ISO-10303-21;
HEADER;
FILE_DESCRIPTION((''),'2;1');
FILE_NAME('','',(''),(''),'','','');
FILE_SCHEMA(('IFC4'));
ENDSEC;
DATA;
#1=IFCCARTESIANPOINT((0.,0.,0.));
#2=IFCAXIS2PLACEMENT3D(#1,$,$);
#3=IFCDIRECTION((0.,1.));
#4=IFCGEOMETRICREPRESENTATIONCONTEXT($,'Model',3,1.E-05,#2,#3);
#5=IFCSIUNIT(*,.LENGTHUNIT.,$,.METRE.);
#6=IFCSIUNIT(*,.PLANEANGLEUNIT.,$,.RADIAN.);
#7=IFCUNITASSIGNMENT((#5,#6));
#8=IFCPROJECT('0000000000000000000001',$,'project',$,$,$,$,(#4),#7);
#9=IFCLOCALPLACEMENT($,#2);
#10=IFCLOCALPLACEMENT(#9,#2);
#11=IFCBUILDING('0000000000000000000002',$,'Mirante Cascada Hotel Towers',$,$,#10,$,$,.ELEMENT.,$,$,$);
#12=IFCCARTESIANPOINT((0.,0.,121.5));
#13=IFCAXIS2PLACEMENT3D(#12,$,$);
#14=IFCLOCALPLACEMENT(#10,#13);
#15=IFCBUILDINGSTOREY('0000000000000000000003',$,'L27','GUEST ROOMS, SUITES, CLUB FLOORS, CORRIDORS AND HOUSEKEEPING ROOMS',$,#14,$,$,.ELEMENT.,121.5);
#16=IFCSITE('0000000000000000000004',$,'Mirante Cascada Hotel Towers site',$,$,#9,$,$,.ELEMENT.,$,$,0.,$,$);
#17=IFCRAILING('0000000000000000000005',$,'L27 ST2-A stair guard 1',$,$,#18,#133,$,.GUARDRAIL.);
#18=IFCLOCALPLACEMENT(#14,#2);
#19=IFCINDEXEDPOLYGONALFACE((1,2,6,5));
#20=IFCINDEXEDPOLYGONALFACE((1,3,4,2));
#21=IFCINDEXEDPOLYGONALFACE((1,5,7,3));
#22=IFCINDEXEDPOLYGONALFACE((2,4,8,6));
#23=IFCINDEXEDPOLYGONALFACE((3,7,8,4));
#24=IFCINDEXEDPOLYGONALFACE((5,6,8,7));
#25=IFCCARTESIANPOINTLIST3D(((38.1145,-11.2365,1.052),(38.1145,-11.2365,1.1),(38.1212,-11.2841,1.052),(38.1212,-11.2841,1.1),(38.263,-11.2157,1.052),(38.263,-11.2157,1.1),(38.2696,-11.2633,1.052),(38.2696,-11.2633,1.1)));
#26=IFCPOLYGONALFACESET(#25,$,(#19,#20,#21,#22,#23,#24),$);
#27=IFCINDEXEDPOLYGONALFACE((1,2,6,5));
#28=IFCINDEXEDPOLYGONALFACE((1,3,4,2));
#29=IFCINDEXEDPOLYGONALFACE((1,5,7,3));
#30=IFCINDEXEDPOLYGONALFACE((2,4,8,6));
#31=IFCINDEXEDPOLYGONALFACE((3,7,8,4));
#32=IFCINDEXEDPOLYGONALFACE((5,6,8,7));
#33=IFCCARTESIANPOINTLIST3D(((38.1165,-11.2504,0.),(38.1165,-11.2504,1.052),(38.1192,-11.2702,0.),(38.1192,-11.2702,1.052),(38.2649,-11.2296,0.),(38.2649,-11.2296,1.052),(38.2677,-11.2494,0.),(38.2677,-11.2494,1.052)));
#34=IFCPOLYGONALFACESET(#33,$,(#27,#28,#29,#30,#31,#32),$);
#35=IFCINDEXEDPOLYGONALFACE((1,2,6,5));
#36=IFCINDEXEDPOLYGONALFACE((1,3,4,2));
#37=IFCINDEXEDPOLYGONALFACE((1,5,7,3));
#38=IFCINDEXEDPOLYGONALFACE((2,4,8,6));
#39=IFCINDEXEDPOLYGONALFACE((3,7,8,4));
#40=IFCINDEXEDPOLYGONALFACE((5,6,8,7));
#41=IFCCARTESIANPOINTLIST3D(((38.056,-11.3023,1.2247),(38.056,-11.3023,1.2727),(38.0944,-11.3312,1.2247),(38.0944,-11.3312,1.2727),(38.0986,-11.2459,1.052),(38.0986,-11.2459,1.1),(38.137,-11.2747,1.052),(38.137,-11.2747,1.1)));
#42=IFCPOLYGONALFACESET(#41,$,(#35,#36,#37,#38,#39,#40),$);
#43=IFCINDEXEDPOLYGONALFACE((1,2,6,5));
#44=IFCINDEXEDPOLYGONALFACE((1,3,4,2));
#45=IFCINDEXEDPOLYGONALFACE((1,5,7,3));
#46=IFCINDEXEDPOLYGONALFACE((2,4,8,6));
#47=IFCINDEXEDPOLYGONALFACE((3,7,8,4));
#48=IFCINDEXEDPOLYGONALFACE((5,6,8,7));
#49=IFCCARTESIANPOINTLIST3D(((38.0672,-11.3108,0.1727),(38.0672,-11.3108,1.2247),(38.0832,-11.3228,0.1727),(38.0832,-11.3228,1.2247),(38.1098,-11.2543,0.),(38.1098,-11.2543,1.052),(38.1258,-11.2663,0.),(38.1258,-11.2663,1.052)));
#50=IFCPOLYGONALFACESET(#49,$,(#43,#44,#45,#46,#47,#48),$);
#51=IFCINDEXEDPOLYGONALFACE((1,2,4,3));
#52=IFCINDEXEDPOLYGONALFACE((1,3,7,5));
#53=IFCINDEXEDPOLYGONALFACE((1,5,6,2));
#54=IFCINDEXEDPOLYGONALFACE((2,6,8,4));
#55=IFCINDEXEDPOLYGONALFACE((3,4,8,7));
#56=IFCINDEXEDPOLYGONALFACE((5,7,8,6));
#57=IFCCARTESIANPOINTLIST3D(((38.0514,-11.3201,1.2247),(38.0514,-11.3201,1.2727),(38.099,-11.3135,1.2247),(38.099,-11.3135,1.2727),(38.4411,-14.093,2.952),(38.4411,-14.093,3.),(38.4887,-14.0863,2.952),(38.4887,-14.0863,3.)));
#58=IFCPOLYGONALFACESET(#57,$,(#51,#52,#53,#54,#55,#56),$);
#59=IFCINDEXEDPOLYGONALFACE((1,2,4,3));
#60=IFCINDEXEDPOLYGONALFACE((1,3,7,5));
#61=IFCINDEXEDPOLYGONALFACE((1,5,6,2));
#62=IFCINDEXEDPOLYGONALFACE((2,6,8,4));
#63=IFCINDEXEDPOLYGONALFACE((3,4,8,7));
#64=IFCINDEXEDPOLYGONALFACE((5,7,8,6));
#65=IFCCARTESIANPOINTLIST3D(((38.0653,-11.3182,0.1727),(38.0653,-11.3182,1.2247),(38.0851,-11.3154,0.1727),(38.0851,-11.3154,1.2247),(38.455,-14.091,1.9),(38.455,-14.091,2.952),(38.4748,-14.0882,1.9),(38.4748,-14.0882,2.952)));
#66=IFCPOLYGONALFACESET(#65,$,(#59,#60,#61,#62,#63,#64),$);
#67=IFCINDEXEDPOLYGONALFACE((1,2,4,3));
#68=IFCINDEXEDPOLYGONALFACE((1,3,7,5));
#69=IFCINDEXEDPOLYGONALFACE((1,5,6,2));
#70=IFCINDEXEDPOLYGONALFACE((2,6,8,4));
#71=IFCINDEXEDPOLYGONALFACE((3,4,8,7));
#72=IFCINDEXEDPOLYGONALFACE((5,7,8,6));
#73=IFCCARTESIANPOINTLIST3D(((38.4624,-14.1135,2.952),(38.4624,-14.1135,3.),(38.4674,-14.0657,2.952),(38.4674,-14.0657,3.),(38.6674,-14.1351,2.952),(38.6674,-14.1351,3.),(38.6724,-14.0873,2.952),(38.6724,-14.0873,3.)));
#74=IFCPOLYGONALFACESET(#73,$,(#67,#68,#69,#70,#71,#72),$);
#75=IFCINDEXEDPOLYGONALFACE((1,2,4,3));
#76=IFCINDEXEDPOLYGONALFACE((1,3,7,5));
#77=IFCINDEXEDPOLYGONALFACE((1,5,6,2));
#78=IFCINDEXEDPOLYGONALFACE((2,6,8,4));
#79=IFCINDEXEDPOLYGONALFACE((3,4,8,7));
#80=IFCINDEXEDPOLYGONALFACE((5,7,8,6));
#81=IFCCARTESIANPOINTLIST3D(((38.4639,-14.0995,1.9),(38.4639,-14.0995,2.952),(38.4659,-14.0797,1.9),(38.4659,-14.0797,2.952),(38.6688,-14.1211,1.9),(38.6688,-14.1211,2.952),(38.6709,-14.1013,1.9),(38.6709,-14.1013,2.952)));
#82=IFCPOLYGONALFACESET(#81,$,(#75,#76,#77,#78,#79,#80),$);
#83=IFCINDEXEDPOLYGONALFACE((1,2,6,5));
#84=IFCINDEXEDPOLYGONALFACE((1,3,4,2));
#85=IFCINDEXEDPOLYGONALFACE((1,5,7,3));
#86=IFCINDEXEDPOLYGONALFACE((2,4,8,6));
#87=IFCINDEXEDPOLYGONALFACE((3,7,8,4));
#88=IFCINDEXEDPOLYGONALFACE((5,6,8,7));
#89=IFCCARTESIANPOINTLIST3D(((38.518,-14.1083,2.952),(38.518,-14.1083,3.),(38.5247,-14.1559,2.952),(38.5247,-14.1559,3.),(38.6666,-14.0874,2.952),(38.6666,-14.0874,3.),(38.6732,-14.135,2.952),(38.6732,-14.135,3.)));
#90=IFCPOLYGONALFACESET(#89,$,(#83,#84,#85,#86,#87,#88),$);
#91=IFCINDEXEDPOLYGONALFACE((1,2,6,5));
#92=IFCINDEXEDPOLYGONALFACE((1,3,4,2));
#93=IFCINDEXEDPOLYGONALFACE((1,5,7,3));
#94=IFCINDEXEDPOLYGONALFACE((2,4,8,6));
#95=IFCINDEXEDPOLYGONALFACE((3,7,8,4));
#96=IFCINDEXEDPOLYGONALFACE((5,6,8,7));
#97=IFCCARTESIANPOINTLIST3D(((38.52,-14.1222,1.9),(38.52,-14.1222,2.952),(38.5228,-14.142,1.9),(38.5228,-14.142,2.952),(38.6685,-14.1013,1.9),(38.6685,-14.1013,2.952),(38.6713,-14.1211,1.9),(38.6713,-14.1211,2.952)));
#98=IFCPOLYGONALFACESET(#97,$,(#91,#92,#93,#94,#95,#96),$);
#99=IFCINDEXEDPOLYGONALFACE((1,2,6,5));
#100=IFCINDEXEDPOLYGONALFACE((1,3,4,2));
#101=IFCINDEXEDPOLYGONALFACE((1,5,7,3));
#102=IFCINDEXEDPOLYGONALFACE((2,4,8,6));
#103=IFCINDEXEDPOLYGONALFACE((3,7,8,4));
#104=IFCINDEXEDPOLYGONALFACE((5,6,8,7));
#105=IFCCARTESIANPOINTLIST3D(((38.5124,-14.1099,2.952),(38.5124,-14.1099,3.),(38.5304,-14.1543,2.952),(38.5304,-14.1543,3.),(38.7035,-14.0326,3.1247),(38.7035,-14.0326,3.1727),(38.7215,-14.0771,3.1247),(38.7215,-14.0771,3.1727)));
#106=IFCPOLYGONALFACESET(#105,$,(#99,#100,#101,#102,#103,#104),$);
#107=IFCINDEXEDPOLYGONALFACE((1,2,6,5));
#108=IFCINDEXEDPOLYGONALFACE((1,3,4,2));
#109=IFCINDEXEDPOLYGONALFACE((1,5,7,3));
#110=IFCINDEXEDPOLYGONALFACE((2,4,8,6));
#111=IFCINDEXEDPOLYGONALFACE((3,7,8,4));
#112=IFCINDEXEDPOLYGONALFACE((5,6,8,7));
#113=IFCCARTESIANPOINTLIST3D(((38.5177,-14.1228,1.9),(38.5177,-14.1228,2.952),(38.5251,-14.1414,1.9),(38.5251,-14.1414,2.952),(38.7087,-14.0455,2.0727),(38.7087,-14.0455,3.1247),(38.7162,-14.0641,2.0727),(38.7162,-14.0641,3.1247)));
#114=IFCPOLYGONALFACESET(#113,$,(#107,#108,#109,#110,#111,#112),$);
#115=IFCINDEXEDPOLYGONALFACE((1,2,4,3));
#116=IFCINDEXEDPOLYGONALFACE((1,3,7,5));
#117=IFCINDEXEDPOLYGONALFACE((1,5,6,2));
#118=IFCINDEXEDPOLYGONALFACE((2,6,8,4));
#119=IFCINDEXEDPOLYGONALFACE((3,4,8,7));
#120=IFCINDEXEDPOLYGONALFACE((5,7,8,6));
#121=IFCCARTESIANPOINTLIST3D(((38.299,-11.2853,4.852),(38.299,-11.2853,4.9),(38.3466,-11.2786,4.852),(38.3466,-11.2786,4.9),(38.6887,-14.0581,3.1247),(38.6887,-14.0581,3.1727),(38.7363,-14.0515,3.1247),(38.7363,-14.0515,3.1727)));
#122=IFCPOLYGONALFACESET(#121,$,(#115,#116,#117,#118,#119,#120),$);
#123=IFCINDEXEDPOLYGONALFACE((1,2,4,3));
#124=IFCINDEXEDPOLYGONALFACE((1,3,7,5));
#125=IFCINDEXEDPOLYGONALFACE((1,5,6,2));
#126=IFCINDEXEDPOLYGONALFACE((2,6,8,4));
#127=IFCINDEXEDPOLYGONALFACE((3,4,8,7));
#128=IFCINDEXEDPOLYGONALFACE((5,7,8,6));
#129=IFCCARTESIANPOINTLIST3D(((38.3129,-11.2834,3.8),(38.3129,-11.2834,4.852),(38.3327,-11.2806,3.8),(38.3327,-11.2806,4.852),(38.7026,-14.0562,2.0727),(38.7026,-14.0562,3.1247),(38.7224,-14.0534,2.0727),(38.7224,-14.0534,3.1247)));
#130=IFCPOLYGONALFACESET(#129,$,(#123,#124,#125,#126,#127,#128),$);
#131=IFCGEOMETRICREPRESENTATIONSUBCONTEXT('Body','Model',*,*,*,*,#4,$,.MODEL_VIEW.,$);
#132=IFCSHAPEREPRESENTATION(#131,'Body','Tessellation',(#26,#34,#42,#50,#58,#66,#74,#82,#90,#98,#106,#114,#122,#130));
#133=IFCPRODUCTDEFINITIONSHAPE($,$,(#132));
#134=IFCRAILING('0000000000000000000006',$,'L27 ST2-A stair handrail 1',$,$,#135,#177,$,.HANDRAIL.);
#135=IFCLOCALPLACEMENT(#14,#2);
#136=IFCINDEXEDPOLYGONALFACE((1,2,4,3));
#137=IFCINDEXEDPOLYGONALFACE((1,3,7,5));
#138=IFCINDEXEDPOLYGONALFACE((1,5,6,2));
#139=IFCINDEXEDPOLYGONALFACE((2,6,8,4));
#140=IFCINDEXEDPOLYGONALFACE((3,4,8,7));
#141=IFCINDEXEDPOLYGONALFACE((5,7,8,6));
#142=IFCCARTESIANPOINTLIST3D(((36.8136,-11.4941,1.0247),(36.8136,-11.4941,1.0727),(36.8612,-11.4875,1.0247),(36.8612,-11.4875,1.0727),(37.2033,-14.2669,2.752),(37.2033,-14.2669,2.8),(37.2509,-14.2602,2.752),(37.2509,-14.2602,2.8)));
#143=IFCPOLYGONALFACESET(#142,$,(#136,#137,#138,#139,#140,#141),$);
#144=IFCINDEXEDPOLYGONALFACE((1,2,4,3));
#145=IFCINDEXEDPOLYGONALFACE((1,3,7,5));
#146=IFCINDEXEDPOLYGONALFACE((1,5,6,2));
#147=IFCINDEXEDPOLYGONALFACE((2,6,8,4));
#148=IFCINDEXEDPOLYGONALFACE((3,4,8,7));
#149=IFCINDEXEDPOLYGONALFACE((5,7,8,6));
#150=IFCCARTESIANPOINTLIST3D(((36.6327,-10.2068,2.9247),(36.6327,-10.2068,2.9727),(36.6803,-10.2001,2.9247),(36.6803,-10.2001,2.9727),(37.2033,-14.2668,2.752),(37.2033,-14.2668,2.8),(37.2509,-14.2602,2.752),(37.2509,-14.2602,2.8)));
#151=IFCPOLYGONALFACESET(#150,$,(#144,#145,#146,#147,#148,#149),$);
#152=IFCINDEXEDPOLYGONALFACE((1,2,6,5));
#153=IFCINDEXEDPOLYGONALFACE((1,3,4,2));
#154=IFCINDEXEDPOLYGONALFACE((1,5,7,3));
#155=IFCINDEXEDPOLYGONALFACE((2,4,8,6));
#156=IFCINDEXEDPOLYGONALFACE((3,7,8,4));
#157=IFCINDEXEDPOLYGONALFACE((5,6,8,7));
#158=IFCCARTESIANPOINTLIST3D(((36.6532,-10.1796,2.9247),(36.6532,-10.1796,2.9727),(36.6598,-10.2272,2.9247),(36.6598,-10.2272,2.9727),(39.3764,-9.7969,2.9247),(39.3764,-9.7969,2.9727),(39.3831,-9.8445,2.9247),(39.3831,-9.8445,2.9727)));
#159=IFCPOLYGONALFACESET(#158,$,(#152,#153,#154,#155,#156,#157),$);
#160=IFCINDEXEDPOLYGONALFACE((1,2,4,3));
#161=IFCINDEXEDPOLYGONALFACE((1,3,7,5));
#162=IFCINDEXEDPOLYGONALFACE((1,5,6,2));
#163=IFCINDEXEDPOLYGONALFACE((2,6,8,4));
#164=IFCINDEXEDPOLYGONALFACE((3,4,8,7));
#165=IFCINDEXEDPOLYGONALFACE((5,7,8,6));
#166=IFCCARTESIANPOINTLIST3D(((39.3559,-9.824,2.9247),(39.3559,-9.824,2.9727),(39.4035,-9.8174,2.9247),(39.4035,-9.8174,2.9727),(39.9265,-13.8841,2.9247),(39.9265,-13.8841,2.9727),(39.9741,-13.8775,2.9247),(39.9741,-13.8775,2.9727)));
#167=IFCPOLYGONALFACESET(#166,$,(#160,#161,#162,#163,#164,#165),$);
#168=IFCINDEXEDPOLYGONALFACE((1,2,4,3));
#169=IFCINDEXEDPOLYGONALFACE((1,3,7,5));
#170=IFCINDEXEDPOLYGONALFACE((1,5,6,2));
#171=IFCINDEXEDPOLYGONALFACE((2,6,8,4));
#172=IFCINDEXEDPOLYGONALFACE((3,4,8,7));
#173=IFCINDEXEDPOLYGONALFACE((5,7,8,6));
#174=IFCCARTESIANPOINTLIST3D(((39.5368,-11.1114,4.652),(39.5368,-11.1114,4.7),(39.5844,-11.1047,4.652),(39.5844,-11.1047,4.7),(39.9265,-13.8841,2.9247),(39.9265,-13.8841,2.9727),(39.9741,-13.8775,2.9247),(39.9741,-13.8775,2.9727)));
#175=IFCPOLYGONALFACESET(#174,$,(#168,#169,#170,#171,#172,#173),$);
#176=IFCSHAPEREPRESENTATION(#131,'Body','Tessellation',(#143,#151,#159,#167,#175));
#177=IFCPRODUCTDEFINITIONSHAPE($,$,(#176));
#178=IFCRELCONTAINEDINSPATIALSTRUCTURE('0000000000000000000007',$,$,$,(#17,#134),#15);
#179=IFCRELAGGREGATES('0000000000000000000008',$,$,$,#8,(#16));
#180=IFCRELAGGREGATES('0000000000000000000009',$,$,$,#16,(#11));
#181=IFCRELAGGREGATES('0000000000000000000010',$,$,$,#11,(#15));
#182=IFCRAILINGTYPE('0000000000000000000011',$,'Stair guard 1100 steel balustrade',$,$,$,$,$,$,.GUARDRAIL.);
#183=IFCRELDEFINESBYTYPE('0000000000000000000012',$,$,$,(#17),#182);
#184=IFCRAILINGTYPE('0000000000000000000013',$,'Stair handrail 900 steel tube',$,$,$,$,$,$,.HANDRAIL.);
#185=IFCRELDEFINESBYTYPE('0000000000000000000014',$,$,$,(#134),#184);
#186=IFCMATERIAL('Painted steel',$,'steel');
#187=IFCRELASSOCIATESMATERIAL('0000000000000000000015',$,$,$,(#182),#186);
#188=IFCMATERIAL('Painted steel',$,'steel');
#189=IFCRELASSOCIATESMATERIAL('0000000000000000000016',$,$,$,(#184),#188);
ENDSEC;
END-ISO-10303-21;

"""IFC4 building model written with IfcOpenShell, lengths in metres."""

from ifc_helpers import new_model, si_unit, direction, frame, origin, origin_2d, place, context, subcontext, project, spatial, rectangle, extrude, material, type_object, element, save


model = new_model("IFC4")

# Units and contexts
model_context = context("Model", 3, precision=1e-05, world=origin(), true_north=direction((0.0, 1.0)))
body_context = subcontext(model_context, "Body", "Model", "MODEL_VIEW")
ifc_project = project(units=[si_unit("LENGTHUNIT", "METRE"), si_unit("PLANEANGLEUNIT", "RADIAN")], contexts=[model_context])

# Site, building, storey
site_placement = place(None, origin())
site = spatial("IfcSite", under=ifc_project, at=site_placement, Name="Mirante Cascada Hotel Towers site", CompositionType="ELEMENT", RefElevation=0.0)
building_placement = place(site_placement, origin())
building = spatial("IfcBuilding", under=site, at=building_placement, Name="Mirante Cascada Hotel Towers", CompositionType="ELEMENT")
storey_placement = place(building_placement, frame((0.0, 0.0, 121.5)))
storey = spatial("IfcBuildingStorey", under=building, at=storey_placement, Name="L27", Description="GUEST ROOMS, SUITES, CLUB FLOORS, CORRIDORS AND HOUSEKEEPING ROOMS", CompositionType="ELEMENT", Elevation=121.5)

# Railings
ifc_material_1 = material(Name="Painted steel", Category="steel")
railing_type_1 = type_object("IfcRailingType", Name="Stair guard 1100 steel balustrade", PredefinedType="GUARDRAIL", material=ifc_material_1)
railing_1_placement = place(storey_placement, frame((38.2663, -11.2395, 0.0)))
element("IfcRailing", 1, at=railing_1_placement, inside=storey, type_object=railing_type_1, Name="L27 ST2-A stair guard 1", PredefinedType="GUARDRAIL", context=body_context, shape_type="SweptSolid", body=[
    extrude(rectangle(XDim=0.048, YDim=0.048, at=origin_2d()), frame((0.0, 0.0, 1.076), z_axis=(-0.990333, -0.138713, 0.0), x_axis=(0.138713, -0.990333, 0.0)), (0.0, 0.0, 1.0), 0.1499),
    extrude(rectangle(XDim=0.02, YDim=1.052, at=origin_2d()), frame((0.0, 0.0, 0.526), z_axis=(-0.990333, -0.138713, 0.0), x_axis=(0.138713, -0.990333, 0.0)), (0.0, 0.0, 1.0), 0.1499),
    extrude(rectangle(XDim=0.048, YDim=0.048, at=origin_2d()), frame((-0.1485, -0.0208, 1.076), z_axis=(-0.602033, -0.798471, 0.0), x_axis=(0.798471, -0.602033, 0.0)), (0.0, 0.92534, 0.379139), 0.1866),
    extrude(rectangle(XDim=0.02, YDim=1.052, at=origin_2d()), frame((-0.1485, -0.0208, 0.526), z_axis=(-0.602033, -0.798471, 0.0), x_axis=(0.798471, -0.602033, 0.0)), (0.0, 0.92534, 0.379139), 0.1866),
    extrude(rectangle(XDim=0.048, YDim=0.048, at=origin_2d()), frame((-0.1911, -0.0773, 1.2487), z_axis=(0.139176, -0.990268, 0.0), x_axis=(0.990268, 0.139176, 0.0)), (0.0, 0.525021, 0.851089), 3.29),
    extrude(rectangle(XDim=0.02, YDim=1.052, at=origin_2d()), frame((-0.1911, -0.0773, 0.6987), z_axis=(0.139176, -0.990268, 0.0), x_axis=(0.990268, 0.139176, 0.0)), (0.0, 0.525021, 0.851089), 3.29),
    extrude(rectangle(XDim=0.048, YDim=0.048, at=origin_2d()), frame((0.1986, -2.8501, 2.976), z_axis=(0.994495, -0.104786, 0.0), x_axis=(0.104786, 0.994495, 0.0)), (0.0, 0.0, 1.0), 0.2061),
    extrude(rectangle(XDim=0.02, YDim=1.052, at=origin_2d()), frame((0.1986, -2.8501, 2.426), z_axis=(0.994495, -0.104786, 0.0), x_axis=(0.104786, 0.994495, 0.0)), (0.0, 0.0, 1.0), 0.2061),
    extrude(rectangle(XDim=0.048, YDim=0.048, at=origin_2d()), frame((0.4036, -2.8717, 2.976), z_axis=(-0.990241, -0.139367, 0.0), x_axis=(0.139367, -0.990241, 0.0)), (0.0, 0.0, 1.0), 0.15),
    extrude(rectangle(XDim=0.02, YDim=1.052, at=origin_2d()), frame((0.4036, -2.8717, 2.426), z_axis=(-0.990241, -0.139367, 0.0), x_axis=(0.139367, -0.990241, 0.0)), (0.0, 0.0, 1.0), 0.15),
    extrude(rectangle(XDim=0.048, YDim=0.048, at=origin_2d()), frame((0.2551, -2.8926, 2.976), z_axis=(0.927031, 0.374984, 0.0), x_axis=(-0.374984, 0.927031, 0.0)), (0.0, 0.64219, 0.766545), 0.2689),
    extrude(rectangle(XDim=0.02, YDim=1.052, at=origin_2d()), frame((0.2551, -2.8926, 2.426), z_axis=(0.927031, 0.374984, 0.0), x_axis=(-0.374984, 0.927031, 0.0)), (0.0, 0.64219, 0.766545), 0.2689),
    extrude(rectangle(XDim=0.048, YDim=0.048, at=origin_2d()), frame((0.4462, -2.8153, 3.1487), z_axis=(-0.139176, 0.990268, 0.0), x_axis=(-0.990268, -0.139176, 0.0)), (0.0, 0.525021, 0.851089), 3.29),
    extrude(rectangle(XDim=0.02, YDim=1.052, at=origin_2d()), frame((0.4462, -2.8153, 2.5987), z_axis=(-0.139176, 0.990268, 0.0), x_axis=(-0.990268, -0.139176, 0.0)), (0.0, 0.525021, 0.851089), 3.29),
])
ifc_material_2 = material(Name="Painted steel", Category="steel")
railing_type_2 = type_object("IfcRailingType", Name="Stair handrail 900 steel tube", PredefinedType="HANDRAIL", material=ifc_material_2)
railing_2_placement = place(storey_placement, frame((36.8374, -11.4908, 0.1727)))
element("IfcRailing", 2, at=railing_2_placement, inside=storey, type_object=railing_type_2, Name="L27 ST2-A stair handrail 1", PredefinedType="HANDRAIL", context=body_context, shape_type="SweptSolid", body=[
    extrude(rectangle(XDim=0.048, YDim=0.048, at=origin_2d()), frame((0.0, 0.0, 0.876), z_axis=(0.139181, -0.990267, 0.0), x_axis=(0.990267, 0.139181, 0.0)), (0.0, 0.525035, 0.851081), 3.2899),
    extrude(rectangle(XDim=0.048, YDim=0.048, at=origin_2d()), frame((0.3897, -2.7727, 2.6033), z_axis=(-0.139171, 0.990268, 0.0), x_axis=(-0.990268, -0.139171, 0.0)), (0.0, 0.042085, 0.999114), 4.1036),
    extrude(rectangle(XDim=0.048, YDim=0.048, at=origin_2d()), frame((-0.1809, 1.2874, 2.776), z_axis=(0.990269, 0.139166, 0.0), x_axis=(-0.139166, 0.990269, 0.0)), (0.0, 0.0, 1.0), 2.75),
    extrude(rectangle(XDim=0.048, YDim=0.048, at=origin_2d()), frame((2.5423, 1.6701, 2.776), z_axis=(0.139171, -0.990268, 0.0), x_axis=(0.990268, 0.139171, 0.0)), (0.0, 0.0, 1.0), 4.1),
    extrude(rectangle(XDim=0.048, YDim=0.048, at=origin_2d()), frame((3.1129, -2.39, 2.776), z_axis=(-0.139181, 0.990267, 0.0), x_axis=(-0.990267, -0.139181, 0.0)), (0.0, 0.525035, 0.851081), 3.2899),
])

save(model, "model.ifc")
